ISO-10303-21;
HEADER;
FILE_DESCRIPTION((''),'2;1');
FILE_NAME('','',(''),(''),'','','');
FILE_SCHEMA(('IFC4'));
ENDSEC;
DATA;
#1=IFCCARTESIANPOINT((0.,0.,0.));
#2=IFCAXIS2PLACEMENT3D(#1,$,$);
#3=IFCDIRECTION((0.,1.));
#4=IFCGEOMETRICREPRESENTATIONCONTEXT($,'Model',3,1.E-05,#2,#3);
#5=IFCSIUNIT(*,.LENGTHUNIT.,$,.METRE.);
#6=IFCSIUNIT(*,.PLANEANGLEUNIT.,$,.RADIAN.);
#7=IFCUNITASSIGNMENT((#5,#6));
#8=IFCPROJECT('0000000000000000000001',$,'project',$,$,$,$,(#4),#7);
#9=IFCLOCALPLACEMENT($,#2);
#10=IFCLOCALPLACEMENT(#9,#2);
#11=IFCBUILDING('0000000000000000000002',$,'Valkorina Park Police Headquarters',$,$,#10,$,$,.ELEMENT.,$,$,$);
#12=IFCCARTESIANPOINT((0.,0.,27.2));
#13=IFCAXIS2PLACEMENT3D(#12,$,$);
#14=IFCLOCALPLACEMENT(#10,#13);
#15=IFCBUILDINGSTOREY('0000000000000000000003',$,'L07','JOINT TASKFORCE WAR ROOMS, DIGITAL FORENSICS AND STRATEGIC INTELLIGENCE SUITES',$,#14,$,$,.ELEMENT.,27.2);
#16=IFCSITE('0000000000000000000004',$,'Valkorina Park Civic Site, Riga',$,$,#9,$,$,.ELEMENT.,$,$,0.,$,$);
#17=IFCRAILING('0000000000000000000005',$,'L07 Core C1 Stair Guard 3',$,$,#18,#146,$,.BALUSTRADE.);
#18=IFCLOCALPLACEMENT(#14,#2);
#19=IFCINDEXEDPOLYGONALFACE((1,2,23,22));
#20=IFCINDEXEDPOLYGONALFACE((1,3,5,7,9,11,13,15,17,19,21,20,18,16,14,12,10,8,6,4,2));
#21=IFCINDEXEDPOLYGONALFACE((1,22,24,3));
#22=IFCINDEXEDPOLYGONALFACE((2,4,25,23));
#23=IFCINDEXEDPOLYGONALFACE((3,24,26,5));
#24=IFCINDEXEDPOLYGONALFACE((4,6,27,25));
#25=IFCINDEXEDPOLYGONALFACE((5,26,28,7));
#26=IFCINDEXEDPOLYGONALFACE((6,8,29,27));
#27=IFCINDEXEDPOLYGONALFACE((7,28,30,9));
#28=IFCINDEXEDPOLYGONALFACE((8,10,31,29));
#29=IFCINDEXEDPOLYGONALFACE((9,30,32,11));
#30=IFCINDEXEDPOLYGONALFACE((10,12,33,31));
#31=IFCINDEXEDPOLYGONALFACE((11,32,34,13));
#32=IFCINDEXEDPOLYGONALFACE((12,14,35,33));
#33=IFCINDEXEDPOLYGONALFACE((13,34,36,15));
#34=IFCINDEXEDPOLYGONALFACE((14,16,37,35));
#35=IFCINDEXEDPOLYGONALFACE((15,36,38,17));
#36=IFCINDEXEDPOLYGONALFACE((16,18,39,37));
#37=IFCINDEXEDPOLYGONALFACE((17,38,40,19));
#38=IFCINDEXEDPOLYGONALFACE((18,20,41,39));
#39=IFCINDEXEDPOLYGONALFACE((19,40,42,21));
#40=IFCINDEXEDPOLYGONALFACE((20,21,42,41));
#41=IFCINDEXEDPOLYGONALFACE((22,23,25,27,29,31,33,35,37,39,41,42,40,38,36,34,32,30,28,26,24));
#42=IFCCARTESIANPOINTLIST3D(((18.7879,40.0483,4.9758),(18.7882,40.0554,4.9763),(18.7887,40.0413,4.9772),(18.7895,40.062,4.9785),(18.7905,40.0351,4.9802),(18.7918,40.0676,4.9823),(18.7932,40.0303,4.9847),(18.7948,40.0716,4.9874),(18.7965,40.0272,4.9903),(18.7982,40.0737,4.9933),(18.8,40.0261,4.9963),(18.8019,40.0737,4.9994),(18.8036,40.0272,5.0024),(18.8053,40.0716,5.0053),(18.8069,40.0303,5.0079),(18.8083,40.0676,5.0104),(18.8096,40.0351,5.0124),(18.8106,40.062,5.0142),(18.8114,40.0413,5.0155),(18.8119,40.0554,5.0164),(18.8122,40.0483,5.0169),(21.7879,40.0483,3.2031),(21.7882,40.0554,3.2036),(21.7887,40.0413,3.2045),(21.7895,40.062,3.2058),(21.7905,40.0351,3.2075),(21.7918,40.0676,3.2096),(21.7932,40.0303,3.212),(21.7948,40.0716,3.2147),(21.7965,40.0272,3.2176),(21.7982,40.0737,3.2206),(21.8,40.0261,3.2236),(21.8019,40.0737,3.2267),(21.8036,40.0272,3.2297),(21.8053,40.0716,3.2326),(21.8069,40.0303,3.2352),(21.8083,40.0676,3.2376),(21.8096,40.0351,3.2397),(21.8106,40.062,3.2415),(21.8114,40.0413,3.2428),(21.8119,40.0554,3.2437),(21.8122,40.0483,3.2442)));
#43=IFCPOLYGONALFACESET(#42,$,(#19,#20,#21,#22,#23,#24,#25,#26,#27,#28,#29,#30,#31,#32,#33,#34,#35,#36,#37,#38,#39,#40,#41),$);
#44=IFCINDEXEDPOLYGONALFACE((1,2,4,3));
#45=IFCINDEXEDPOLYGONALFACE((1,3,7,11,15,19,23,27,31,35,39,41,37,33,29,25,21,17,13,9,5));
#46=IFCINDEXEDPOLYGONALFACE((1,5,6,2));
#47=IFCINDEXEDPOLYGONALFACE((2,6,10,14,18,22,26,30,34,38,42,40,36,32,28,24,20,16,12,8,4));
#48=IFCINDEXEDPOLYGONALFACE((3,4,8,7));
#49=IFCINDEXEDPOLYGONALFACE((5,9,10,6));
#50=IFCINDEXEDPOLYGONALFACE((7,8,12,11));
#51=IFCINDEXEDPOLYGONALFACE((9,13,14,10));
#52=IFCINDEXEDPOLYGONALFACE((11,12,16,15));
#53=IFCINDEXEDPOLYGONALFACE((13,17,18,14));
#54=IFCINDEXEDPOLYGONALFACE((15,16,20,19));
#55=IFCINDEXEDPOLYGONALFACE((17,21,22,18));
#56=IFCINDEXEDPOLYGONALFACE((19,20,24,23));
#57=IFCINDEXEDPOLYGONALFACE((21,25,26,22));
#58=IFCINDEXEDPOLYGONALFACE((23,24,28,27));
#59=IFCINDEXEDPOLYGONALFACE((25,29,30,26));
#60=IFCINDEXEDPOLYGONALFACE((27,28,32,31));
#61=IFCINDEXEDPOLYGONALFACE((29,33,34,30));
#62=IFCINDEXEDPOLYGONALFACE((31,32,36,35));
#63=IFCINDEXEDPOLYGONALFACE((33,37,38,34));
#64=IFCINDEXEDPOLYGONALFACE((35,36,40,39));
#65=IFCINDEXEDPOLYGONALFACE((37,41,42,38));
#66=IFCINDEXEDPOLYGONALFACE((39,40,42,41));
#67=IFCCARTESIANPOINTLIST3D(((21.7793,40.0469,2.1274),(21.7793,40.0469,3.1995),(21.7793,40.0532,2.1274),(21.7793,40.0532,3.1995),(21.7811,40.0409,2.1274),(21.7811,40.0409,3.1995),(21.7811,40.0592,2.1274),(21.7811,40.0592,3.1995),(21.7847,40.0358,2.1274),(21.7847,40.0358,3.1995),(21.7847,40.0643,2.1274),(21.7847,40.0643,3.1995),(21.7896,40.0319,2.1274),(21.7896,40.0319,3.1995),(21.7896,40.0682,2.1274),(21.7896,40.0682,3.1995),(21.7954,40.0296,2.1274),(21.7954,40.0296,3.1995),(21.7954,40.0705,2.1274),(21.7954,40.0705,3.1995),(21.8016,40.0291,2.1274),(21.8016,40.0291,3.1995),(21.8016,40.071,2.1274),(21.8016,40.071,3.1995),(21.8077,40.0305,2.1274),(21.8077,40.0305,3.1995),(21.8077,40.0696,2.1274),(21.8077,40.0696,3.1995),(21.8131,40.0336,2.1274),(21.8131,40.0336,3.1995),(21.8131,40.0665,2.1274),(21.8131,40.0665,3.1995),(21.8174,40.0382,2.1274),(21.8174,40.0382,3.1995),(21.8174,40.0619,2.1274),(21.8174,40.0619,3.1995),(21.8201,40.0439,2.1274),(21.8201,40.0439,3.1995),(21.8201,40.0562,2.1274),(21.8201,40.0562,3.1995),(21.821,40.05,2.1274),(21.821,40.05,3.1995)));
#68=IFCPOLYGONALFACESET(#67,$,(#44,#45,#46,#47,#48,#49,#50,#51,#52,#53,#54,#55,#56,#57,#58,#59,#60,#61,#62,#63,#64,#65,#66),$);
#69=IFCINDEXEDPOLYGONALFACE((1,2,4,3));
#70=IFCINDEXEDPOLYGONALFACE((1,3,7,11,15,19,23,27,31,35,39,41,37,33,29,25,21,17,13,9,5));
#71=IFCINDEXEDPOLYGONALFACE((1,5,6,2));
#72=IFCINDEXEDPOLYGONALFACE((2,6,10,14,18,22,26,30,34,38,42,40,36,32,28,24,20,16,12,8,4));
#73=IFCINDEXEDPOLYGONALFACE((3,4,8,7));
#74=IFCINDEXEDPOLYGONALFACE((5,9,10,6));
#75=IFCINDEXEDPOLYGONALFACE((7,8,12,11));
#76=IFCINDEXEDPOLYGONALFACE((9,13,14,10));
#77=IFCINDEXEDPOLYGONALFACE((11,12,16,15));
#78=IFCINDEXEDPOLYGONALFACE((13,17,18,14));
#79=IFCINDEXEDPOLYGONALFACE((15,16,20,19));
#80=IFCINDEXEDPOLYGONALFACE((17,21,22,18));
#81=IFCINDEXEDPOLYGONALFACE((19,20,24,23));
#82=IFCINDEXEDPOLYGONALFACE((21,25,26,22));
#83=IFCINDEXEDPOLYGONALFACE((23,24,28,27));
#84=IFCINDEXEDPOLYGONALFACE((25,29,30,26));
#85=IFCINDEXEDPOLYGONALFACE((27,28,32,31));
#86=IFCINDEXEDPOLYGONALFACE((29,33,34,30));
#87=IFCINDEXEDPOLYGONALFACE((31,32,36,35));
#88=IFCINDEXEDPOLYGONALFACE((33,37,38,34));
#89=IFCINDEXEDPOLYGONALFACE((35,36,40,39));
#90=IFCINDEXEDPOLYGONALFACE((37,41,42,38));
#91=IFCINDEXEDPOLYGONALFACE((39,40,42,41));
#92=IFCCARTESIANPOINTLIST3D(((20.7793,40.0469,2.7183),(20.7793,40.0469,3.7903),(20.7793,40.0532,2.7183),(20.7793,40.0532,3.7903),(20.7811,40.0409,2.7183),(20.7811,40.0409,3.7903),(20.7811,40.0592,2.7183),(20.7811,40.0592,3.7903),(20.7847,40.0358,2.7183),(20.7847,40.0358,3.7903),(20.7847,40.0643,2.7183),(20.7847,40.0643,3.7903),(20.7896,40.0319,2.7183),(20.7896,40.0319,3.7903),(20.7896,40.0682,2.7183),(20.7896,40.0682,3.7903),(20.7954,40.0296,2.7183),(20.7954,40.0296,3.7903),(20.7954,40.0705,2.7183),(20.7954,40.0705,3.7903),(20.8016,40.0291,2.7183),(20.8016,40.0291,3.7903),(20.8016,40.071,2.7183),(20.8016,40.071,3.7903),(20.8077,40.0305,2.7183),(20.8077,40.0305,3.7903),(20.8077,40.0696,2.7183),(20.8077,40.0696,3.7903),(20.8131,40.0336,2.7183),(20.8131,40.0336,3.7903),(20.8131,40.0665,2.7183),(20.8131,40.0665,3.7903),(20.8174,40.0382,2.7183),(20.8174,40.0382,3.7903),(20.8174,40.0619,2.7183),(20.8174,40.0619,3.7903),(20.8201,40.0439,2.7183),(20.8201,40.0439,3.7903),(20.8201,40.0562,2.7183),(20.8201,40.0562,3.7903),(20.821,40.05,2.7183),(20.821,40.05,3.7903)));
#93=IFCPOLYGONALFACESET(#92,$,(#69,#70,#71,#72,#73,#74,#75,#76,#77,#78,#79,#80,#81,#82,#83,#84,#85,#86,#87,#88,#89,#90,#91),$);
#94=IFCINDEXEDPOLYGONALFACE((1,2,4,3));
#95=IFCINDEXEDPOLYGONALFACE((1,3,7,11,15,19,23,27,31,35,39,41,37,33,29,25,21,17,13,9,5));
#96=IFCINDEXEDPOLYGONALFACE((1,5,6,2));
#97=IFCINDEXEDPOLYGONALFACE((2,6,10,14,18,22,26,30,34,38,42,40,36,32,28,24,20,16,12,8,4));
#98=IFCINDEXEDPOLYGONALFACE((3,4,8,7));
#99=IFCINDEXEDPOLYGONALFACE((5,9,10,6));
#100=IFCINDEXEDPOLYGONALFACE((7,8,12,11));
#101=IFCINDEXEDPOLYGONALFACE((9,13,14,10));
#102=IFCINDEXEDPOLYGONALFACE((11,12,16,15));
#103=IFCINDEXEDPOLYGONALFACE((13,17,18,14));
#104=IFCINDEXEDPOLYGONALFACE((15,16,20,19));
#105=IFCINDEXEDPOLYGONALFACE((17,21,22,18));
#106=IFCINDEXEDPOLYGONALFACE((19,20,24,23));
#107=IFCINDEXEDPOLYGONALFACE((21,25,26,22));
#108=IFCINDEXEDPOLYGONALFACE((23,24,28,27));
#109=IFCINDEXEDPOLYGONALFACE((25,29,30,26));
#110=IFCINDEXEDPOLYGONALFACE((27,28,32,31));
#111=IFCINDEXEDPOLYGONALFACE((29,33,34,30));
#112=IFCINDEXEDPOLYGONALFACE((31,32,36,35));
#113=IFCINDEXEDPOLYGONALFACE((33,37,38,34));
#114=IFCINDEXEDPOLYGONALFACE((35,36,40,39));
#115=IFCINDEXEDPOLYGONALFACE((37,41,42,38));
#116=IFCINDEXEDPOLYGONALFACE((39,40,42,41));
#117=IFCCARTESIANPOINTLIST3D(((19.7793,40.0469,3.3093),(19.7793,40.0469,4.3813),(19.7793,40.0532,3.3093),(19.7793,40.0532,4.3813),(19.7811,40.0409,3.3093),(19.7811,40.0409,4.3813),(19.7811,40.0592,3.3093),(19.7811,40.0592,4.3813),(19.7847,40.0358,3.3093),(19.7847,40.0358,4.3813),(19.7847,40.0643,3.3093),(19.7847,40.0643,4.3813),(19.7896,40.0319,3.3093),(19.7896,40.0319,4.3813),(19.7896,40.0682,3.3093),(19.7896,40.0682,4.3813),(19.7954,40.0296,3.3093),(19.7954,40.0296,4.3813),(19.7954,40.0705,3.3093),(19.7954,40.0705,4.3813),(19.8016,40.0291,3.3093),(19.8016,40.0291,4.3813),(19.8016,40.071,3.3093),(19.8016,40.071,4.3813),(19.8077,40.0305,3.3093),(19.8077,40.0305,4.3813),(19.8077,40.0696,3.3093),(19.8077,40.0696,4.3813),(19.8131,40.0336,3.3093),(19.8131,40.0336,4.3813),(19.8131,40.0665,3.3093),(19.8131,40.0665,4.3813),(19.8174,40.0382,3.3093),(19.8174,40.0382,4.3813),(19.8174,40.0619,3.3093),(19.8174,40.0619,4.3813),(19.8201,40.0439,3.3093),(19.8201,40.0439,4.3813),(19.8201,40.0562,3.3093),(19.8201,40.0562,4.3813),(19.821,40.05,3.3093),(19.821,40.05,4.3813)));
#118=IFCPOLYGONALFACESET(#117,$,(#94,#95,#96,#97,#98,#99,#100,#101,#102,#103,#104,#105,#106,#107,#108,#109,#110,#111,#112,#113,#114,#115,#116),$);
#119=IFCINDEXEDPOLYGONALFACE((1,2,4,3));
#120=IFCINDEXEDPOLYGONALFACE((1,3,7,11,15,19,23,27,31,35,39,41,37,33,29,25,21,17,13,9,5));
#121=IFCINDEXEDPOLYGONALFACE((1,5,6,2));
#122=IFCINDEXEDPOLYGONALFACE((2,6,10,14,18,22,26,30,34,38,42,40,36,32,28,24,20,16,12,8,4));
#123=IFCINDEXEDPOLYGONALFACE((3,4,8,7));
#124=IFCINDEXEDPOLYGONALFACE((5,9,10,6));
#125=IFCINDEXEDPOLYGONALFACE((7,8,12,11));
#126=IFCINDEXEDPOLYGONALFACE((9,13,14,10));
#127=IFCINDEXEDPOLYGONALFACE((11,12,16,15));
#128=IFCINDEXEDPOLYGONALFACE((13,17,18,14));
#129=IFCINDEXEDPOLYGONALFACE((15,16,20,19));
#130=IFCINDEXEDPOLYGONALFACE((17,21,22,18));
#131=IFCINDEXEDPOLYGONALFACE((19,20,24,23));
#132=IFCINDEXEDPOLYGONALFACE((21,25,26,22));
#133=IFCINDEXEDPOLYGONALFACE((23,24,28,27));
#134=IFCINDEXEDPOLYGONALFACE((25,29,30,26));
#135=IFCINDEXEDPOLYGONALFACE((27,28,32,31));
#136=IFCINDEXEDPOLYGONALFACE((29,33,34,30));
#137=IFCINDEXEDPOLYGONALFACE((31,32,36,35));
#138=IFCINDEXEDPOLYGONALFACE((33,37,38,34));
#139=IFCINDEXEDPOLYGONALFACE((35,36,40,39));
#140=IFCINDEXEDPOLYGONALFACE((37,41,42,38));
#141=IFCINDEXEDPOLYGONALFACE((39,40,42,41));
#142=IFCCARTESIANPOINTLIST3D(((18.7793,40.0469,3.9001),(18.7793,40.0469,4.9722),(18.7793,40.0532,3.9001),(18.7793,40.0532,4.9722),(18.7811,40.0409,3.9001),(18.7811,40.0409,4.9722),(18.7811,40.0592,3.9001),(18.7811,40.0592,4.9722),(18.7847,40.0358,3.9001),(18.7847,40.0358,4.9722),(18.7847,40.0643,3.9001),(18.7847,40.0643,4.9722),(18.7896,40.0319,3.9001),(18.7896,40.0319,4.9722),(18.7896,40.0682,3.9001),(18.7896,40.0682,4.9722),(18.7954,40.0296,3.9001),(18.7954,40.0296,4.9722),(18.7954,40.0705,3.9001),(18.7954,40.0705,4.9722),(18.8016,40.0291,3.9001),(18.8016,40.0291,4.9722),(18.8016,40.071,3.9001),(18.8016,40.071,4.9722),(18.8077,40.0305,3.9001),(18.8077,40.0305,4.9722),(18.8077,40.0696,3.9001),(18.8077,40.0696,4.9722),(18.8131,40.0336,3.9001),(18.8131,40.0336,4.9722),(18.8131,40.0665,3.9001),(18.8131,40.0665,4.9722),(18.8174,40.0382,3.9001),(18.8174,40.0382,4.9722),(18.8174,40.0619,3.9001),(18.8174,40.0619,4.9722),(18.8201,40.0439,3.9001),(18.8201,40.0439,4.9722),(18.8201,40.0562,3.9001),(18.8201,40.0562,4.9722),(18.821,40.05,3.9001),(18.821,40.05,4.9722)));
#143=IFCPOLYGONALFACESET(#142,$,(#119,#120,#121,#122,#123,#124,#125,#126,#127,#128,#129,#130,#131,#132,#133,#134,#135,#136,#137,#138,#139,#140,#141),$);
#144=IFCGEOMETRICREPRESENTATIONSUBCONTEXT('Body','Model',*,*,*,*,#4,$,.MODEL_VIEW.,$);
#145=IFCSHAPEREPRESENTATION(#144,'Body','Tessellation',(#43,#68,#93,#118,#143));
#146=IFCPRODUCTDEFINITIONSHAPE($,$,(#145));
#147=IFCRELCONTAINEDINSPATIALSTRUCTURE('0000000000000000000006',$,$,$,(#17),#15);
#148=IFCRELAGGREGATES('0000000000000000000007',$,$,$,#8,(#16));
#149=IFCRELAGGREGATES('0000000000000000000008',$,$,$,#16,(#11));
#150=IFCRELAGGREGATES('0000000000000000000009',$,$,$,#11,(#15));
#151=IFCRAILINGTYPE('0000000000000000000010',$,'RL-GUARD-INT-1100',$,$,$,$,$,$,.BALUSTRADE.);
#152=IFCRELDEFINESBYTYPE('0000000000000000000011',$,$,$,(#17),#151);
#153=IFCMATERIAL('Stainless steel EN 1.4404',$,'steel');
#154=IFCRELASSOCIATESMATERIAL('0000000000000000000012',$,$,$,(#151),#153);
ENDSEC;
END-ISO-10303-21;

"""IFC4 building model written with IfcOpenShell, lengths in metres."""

from ifc_helpers import new_model, si_unit, direction, frame, origin, origin_2d, place, context, subcontext, project, spatial, circle, extrude, material, type_object, element, save


model = new_model("IFC4")

# Units and contexts
model_context = context("Model", 3, precision=1e-05, world=origin(), true_north=direction((0.0, 1.0)))
body_context = subcontext(model_context, "Body", "Model", "MODEL_VIEW")
ifc_project = project(units=[si_unit("LENGTHUNIT", "METRE"), si_unit("PLANEANGLEUNIT", "RADIAN")], contexts=[model_context])

# Site, building, storey
site_placement = place(None, origin())
site = spatial("IfcSite", under=ifc_project, at=site_placement, Name="Valkorina Park Civic Site, Riga", CompositionType="ELEMENT", RefElevation=0.0)
building_placement = place(site_placement, origin())
building = spatial("IfcBuilding", under=site, at=building_placement, Name="Valkorina Park Police Headquarters", CompositionType="ELEMENT")
storey_placement = place(building_placement, frame((0.0, 0.0, 27.2)))
storey = spatial("IfcBuildingStorey", under=building, at=storey_placement, Name="L07", Description="JOINT TASKFORCE WAR ROOMS, DIGITAL FORENSICS AND STRATEGIC INTELLIGENCE SUITES", CompositionType="ELEMENT", Elevation=27.2)

# Shared definitions
ifc_material_1 = material(Name="Stainless steel EN 1.4404", Category="steel")

# Railing
railing_type_1 = type_object("IfcRailingType", Name="RL-GUARD-INT-1100", PredefinedType="BALUSTRADE", material=ifc_material_1)
railing_1_placement = place(storey_placement, frame((21.8, 40.05, 2.1274)))
element("IfcRailing", 1, at=railing_1_placement, inside=storey, type_object=railing_type_1, Name="L07 Core C1 Stair Guard 3", PredefinedType="BALUSTRADE", context=body_context, shape_type="SweptSolid", body=[
    extrude(circle(Radius=0.0239, at=origin_2d()), frame((0.0, 0.0, 1.0962), z_axis=(-0.860929, 0.0, 0.508725), x_axis=(0.0, -1.0, 0.0)), (0.0, 0.0, 1.0), 3.4846),
    extrude(circle(Radius=0.021, at=origin_2d()), origin(), (0.0, 0.0, 1.0), 1.072),
    extrude(circle(Radius=0.021, at=origin_2d()), frame((-1.0, 0.0, 0.5908)), (0.0, 0.0, 1.0), 1.072),
    extrude(circle(Radius=0.021, at=origin_2d()), frame((-2.0, 0.0, 1.1819)), (0.0, 0.0, 1.0), 1.072),
    extrude(circle(Radius=0.021, at=origin_2d()), frame((-3.0, 0.0, 1.7727)), (0.0, 0.0, 1.0), 1.072),
])

save(model, "model.ifc")
